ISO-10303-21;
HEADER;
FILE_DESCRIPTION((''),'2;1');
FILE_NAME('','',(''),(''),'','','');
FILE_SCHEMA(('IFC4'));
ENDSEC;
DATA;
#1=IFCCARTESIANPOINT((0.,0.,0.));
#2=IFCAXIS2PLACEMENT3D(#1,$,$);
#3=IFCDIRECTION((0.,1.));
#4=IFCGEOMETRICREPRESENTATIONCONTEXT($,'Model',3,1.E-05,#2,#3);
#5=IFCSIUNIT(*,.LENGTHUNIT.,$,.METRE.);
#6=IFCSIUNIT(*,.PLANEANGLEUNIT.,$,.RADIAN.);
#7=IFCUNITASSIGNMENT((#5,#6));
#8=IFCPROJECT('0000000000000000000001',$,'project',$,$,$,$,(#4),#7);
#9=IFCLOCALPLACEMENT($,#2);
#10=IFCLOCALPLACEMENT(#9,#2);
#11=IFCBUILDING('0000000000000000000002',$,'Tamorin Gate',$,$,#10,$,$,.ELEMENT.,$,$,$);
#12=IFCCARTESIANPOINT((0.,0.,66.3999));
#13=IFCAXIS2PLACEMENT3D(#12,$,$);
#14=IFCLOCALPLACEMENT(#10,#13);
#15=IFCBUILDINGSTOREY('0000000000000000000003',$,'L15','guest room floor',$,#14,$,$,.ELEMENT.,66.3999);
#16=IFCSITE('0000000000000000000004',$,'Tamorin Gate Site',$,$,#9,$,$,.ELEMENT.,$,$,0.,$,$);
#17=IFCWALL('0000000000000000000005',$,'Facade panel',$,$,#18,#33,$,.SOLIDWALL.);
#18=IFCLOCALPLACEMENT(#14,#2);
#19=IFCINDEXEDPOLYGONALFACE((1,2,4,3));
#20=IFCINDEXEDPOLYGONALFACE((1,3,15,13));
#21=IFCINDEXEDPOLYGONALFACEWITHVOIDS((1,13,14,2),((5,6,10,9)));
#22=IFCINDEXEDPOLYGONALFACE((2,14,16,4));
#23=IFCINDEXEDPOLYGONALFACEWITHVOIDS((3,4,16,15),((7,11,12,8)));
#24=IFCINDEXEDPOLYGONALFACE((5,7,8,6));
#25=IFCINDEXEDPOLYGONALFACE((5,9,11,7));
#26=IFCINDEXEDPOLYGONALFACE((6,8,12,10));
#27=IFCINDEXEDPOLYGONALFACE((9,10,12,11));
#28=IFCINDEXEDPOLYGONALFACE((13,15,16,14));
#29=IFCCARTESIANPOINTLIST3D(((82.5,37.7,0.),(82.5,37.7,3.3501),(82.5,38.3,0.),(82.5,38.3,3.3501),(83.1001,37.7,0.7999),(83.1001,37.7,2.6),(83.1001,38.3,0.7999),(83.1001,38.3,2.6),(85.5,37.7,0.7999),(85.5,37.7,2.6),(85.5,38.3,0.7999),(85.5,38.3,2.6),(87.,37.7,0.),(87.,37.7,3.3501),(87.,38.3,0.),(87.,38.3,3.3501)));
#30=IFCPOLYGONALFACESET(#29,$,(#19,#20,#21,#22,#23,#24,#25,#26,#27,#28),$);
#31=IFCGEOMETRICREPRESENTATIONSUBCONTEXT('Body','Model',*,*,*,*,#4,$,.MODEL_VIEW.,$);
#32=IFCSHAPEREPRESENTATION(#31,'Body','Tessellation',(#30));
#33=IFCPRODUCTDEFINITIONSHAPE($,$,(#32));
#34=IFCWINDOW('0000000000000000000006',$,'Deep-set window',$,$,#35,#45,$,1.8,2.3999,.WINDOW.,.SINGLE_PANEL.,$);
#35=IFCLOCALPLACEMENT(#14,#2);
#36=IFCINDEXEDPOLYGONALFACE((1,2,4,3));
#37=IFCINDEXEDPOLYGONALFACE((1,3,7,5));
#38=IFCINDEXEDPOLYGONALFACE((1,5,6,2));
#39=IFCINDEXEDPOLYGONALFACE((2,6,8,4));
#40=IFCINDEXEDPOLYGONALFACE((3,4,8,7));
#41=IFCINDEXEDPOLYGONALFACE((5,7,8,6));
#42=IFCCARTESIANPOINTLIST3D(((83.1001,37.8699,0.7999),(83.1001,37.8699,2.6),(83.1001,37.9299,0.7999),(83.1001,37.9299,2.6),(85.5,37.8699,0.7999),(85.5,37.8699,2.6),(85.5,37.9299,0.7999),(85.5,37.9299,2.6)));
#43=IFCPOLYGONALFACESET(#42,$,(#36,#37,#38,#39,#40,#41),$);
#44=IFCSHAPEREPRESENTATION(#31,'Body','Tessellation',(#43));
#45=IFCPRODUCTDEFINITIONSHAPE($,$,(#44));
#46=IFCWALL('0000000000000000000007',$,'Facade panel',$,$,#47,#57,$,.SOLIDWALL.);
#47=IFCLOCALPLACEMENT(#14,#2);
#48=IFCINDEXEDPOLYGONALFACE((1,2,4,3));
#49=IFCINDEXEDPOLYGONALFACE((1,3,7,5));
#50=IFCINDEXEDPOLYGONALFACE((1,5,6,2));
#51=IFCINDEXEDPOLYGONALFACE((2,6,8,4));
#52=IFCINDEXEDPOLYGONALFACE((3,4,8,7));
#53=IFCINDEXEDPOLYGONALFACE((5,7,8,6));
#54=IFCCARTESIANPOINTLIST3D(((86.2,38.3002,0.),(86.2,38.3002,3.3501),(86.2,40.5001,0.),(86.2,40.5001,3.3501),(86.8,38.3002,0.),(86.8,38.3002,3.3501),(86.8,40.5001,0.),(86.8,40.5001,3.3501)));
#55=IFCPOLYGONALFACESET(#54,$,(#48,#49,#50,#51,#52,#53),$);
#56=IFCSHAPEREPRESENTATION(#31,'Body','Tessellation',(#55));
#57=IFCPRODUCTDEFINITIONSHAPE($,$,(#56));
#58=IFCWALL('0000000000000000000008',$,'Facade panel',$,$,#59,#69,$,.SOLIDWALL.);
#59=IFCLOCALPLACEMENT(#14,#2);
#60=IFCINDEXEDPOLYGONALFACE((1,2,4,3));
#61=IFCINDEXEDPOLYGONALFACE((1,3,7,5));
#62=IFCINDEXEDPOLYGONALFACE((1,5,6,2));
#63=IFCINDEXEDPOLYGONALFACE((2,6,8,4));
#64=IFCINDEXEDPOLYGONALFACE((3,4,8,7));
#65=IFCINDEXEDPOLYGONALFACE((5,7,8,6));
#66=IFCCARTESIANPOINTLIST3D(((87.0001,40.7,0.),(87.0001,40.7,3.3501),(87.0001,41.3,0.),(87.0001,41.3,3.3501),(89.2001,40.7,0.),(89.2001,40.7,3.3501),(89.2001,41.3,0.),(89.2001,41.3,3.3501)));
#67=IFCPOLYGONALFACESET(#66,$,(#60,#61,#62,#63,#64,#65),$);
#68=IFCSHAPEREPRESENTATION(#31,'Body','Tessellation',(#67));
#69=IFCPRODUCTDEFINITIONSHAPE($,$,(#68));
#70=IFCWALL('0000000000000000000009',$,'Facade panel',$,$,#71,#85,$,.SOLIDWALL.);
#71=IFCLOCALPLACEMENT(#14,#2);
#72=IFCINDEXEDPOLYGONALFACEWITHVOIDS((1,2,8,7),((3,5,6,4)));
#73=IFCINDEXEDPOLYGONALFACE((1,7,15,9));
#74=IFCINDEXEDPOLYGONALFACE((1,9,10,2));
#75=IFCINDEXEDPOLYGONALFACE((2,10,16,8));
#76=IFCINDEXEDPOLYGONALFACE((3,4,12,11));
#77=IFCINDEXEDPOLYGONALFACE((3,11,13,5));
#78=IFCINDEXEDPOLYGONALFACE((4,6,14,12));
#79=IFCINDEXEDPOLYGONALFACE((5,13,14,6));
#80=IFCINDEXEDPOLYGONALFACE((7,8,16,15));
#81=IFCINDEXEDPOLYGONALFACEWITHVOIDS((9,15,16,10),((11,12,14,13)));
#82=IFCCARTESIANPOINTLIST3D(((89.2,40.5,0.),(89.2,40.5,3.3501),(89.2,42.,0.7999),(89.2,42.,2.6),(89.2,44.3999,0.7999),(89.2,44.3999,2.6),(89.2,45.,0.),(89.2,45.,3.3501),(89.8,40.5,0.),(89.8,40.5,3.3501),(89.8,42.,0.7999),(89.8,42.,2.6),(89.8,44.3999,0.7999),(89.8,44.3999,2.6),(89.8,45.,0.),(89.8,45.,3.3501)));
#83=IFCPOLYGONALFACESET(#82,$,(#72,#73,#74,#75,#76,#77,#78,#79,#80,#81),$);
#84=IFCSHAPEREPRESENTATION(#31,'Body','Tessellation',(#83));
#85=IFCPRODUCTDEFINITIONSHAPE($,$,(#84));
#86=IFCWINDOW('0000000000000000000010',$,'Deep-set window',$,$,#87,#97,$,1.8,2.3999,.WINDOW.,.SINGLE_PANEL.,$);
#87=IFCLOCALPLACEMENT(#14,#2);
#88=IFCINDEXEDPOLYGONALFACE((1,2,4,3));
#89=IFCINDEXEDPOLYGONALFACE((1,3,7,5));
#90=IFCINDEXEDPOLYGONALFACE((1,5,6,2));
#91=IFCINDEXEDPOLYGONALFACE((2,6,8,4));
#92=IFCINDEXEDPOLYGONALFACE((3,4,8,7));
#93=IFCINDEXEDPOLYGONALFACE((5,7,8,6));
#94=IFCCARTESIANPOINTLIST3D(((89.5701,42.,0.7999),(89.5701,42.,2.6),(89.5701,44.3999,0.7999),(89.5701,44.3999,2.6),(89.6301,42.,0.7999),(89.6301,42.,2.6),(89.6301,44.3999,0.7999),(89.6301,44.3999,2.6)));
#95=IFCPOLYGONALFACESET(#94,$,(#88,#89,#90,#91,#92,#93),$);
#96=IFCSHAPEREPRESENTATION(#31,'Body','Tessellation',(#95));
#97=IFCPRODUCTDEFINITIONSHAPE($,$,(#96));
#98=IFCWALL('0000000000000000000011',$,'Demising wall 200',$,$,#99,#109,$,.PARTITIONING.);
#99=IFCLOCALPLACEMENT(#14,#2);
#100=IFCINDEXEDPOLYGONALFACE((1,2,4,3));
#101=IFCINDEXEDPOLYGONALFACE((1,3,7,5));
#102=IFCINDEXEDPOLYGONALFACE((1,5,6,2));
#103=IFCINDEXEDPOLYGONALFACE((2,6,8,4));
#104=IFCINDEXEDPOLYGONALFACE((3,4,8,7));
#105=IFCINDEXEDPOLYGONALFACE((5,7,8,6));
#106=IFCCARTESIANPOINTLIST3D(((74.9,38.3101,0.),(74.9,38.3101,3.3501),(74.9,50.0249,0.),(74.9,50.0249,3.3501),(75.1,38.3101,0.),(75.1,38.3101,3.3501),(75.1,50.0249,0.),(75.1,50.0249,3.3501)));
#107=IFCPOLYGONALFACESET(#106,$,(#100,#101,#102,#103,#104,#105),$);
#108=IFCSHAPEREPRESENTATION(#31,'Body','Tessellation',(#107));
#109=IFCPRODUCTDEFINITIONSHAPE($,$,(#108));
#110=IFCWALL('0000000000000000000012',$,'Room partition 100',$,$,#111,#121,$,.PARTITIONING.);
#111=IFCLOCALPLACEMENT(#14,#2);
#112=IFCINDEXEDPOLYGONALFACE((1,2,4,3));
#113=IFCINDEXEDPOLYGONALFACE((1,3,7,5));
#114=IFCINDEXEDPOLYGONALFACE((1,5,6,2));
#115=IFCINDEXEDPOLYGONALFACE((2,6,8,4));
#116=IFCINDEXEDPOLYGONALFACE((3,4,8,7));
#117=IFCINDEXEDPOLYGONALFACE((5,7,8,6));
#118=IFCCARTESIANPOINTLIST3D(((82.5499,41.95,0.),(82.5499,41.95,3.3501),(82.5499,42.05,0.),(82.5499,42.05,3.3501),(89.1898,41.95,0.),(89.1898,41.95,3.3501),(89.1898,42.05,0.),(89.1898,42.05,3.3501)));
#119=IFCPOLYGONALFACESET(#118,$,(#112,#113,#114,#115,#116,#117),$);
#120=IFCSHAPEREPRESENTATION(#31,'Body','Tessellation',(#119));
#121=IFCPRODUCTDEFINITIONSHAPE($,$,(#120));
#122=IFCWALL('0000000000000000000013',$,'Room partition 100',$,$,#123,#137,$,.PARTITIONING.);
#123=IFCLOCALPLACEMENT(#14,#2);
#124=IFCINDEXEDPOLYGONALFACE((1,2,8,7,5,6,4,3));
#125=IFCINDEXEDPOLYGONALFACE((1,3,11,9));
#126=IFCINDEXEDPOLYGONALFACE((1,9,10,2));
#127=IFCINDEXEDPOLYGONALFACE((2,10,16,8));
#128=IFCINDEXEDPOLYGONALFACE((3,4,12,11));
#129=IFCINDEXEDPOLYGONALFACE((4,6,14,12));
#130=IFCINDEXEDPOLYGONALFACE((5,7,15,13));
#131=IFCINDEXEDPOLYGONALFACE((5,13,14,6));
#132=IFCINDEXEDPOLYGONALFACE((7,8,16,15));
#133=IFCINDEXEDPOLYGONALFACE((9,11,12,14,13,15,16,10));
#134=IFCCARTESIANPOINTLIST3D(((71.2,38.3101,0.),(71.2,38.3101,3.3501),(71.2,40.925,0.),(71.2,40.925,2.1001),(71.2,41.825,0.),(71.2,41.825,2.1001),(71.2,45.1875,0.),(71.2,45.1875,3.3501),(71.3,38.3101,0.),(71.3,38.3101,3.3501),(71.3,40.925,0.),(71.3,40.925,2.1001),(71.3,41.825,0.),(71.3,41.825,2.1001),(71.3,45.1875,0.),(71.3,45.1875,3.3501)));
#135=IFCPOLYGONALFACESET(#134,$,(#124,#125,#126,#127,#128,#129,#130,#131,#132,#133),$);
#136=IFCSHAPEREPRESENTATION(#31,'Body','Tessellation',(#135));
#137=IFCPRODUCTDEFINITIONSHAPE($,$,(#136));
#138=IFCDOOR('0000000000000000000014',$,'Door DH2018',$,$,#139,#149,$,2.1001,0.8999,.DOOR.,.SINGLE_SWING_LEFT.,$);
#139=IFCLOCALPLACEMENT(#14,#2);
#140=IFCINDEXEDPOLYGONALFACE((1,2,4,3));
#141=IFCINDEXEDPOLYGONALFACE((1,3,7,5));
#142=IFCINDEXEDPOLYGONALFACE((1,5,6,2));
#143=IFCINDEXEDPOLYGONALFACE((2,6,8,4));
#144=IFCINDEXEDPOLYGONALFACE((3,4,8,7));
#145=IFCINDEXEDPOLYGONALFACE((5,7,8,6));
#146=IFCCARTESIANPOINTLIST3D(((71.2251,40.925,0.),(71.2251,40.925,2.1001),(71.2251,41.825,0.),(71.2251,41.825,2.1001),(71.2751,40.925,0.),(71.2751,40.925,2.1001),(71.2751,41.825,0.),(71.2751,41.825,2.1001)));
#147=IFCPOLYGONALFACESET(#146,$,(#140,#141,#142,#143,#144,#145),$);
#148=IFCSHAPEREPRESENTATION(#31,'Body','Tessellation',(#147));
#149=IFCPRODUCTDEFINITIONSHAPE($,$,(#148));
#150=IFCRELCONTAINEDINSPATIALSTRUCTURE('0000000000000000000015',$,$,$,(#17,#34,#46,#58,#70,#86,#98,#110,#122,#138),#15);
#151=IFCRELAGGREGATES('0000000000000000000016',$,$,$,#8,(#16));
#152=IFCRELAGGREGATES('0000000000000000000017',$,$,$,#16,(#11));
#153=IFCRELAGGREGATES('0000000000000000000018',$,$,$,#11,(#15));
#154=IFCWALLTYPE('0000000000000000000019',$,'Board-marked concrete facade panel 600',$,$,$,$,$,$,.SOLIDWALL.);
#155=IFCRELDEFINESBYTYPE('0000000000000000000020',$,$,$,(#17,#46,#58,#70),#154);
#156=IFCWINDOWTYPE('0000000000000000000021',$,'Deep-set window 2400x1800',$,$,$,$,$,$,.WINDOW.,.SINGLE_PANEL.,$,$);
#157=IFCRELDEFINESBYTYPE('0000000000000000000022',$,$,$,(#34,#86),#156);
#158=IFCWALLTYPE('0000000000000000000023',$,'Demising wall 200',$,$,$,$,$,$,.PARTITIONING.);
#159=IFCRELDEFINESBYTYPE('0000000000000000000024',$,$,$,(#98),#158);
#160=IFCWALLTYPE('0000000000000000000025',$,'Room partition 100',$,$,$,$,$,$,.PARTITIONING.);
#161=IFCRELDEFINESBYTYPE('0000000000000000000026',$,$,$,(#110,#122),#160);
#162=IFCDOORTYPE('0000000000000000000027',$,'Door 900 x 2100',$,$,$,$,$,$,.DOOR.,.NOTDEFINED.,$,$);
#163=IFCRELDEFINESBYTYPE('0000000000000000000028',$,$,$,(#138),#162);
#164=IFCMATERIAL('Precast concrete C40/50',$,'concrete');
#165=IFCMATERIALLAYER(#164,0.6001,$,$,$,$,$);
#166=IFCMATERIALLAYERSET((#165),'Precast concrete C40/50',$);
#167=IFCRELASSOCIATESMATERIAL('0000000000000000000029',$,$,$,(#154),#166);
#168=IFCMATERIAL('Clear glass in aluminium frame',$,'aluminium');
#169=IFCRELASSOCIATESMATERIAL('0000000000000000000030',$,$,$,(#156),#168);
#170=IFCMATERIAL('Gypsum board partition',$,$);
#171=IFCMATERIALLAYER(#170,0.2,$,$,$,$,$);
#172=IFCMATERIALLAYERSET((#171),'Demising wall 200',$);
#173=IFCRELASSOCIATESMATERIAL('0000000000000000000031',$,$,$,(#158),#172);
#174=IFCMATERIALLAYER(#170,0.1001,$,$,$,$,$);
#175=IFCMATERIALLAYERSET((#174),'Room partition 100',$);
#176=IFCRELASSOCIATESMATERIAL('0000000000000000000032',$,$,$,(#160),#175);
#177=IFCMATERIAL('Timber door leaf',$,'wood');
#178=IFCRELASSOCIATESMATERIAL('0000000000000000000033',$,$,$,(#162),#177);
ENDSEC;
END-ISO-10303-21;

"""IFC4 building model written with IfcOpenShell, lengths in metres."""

from ifc_helpers import new_model, si_unit, direction, frame, frame_2d, origin, place, context, subcontext, project, spatial, rectangle, extrude, material, layer, layer_set, type_object, element, fill, save


model = new_model("IFC4")

# Units and contexts
model_context = context("Model", 3, precision=1e-05, world=origin(), true_north=direction((0.0, 1.0)))
body_context = subcontext(model_context, "Body", "Model", "MODEL_VIEW")
ifc_project = project(units=[si_unit("LENGTHUNIT", "METRE"), si_unit("PLANEANGLEUNIT", "RADIAN")], contexts=[model_context])

# Site, building, storey
site_placement = place(None, origin())
site = spatial("IfcSite", under=ifc_project, at=site_placement, Name="Tamorin Gate Site", CompositionType="ELEMENT", RefElevation=0.0)
building_placement = place(site_placement, origin())
building = spatial("IfcBuilding", under=site, at=building_placement, Name="Tamorin Gate", CompositionType="ELEMENT")
storey_placement = place(building_placement, frame((0.0, 0.0, 66.3999)))
storey = spatial("IfcBuildingStorey", under=building, at=storey_placement, Name="L15", Description="guest room floor", CompositionType="ELEMENT", Elevation=66.3999)

# Shared definitions
ifc_material_1 = material(Name="Precast concrete C40/50", Category="concrete")
ifc_layer_1 = layer(ifc_material_1, 0.6001)
ifc_layer_set_1 = layer_set([ifc_layer_1], Name="Precast concrete C40/50")
wall_type_1 = type_object("IfcWallType", Name="Board-marked concrete facade panel 600", PredefinedType="SOLIDWALL", material=ifc_layer_set_1)
ifc_material_2 = material(Name="Clear glass in aluminium frame", Category="aluminium")
window_type = type_object("IfcWindowType", Name="Deep-set window 2400x1800", PartitioningType="SINGLE_PANEL", PredefinedType="WINDOW", material=ifc_material_2)

# Wall, opening, window
wall_1_placement = place(storey_placement, frame((82.5, 38.0, 0.0), z_axis=(0.0, 0.0, 1.0), x_axis=(1.0, 0.0, 0.0)))
wall_1 = element("IfcWall", 1, at=wall_1_placement, inside=storey, type_object=wall_type_1, Name="Facade panel", PredefinedType="SOLIDWALL", context=body_context, shape_type="SweptSolid", body=[
    extrude(rectangle(XDim=4.5, YDim=0.6001, at=frame_2d((2.25, 0.0))), origin(), (0.0, 0.0, 1.0), 3.3501),
])
opening_1_placement = place(wall_1_placement, frame((0.6001, 0.0, 0.8)))
opening_1 = element("IfcOpeningElement", 2, at=opening_1_placement, cuts=wall_1, PredefinedType="OPENING", context=body_context, shape_type="SweptSolid", body=[
    extrude(rectangle(XDim=2.3999, YDim=1.8, at=frame_2d((1.2, 0.8999))), frame((0.0, 0.3101, 0.0), z_axis=(0.0, -1.0, 0.0), x_axis=(1.0, 0.0, 0.0)), (0.0, 0.0, 1.0), 0.6201),
])
window_1_placement = place(opening_1_placement, origin())
window_1 = element("IfcWindow", 3, at=window_1_placement, inside=storey, type_object=window_type, Name="Deep-set window", OverallHeight=1.8, OverallWidth=2.3999, PartitioningType="SINGLE_PANEL", PredefinedType="WINDOW", context=body_context, shape_type="SweptSolid", body=[
    extrude(rectangle(XDim=2.3999, YDim=1.8, at=frame_2d((1.2, 0.8999))), frame((0.0, -0.0701, 0.0), z_axis=(0.0, -1.0, 0.0), x_axis=(1.0, 0.0, 0.0)), (0.0, 0.0, 1.0), 0.0601),
])
fill(opening_1, window_1)

# Walls
for number, where, z_axis, x_axis, name in (
    (4, (86.5, 38.3, 0.0), (0.0, 0.0, 1.0), (0.0, 1.0, 0.0), "Facade panel"),
    (5, (87.0, 41.0, 0.0), (0.0, 0.0, 1.0), (1.0, 0.0, 0.0), "Facade panel"),
):
    element("IfcWall", number, at=place(storey_placement, frame(where, z_axis=z_axis, x_axis=x_axis)), inside=storey, type_object=wall_type_1, Name=name, PredefinedType="SOLIDWALL", context=body_context, shape_type="SweptSolid", body=[
        extrude(rectangle(XDim=2.2, YDim=0.6001, at=frame_2d((1.1001, 0.0))), origin(), (0.0, 0.0, 1.0), 3.3501),
    ])

# Wall, opening, window
wall_2_placement = place(storey_placement, frame((89.5, 40.5, 0.0), z_axis=(0.0, 0.0, 1.0), x_axis=(0.0, 1.0, 0.0)))
wall_2 = element("IfcWall", 6, at=wall_2_placement, inside=storey, type_object=wall_type_1, Name="Facade panel", PredefinedType="SOLIDWALL", context=body_context, shape_type="SweptSolid", body=[
    extrude(rectangle(XDim=4.5, YDim=0.6001, at=frame_2d((2.25, 0.0))), origin(), (0.0, 0.0, 1.0), 3.3501),
])
opening_2_placement = place(wall_2_placement, frame((1.5, 0.0, 0.8)))
opening_2 = element("IfcOpeningElement", 7, at=opening_2_placement, cuts=wall_2, PredefinedType="OPENING", context=body_context, shape_type="SweptSolid", body=[
    extrude(rectangle(XDim=2.3999, YDim=1.8, at=frame_2d((1.2, 0.8999))), frame((0.0, 0.3101, 0.0), z_axis=(0.0, -1.0, 0.0), x_axis=(1.0, 0.0, 0.0)), (0.0, 0.0, 1.0), 0.6201),
])
window_2_placement = place(opening_2_placement, origin())
window_2 = element("IfcWindow", 8, at=window_2_placement, inside=storey, type_object=window_type, Name="Deep-set window", OverallHeight=1.8, OverallWidth=2.3999, PartitioningType="SINGLE_PANEL", PredefinedType="WINDOW", context=body_context, shape_type="SweptSolid", body=[
    extrude(rectangle(XDim=2.3999, YDim=1.8, at=frame_2d((1.2, 0.8999))), frame((0.0, -0.0701, 0.0), z_axis=(0.0, -1.0, 0.0), x_axis=(1.0, 0.0, 0.0)), (0.0, 0.0, 1.0), 0.0601),
])
fill(opening_2, window_2)

# Walls
ifc_material_3 = material(Name="Gypsum board partition")
ifc_layer_2 = layer(ifc_material_3, 0.2)
ifc_layer_set_2 = layer_set([ifc_layer_2], Name="Demising wall 200")
wall_type_2 = type_object("IfcWallType", Name="Demising wall 200", PredefinedType="PARTITIONING", material=ifc_layer_set_2)
wall_3_placement = place(storey_placement, frame((75.0, 38.3101, 0.0), z_axis=(0.0, 0.0, 1.0), x_axis=(0.0, 1.0, 0.0)))
element("IfcWall", 9, at=wall_3_placement, inside=storey, type_object=wall_type_2, Name="Demising wall 200", PredefinedType="PARTITIONING", context=body_context, shape_type="SweptSolid", body=[
    extrude(rectangle(XDim=11.7148, YDim=0.2, at=frame_2d((5.8574, 0.0))), origin(), (0.0, 0.0, 1.0), 3.3501),
])
ifc_layer_3 = layer(ifc_material_3, 0.1001)
ifc_layer_set_3 = layer_set([ifc_layer_3], Name="Room partition 100")
wall_type_3 = type_object("IfcWallType", Name="Room partition 100", PredefinedType="PARTITIONING", material=ifc_layer_set_3)
wall_4_placement = place(storey_placement, frame((82.55, 42.0, 0.0), z_axis=(0.0, 0.0, 1.0), x_axis=(1.0, 0.0, 0.0)))
element("IfcWall", 10, at=wall_4_placement, inside=storey, type_object=wall_type_3, Name="Room partition 100", PredefinedType="PARTITIONING", context=body_context, shape_type="SweptSolid", body=[
    extrude(rectangle(XDim=6.6399, YDim=0.1001, at=frame_2d((3.3198, 0.0))), origin(), (0.0, 0.0, 1.0), 3.3501),
])

# Wall, opening, door
wall_5_placement = place(storey_placement, frame((71.25, 38.3101, 0.0), z_axis=(0.0, 0.0, 1.0), x_axis=(0.0, 1.0, 0.0)))
wall_5 = element("IfcWall", 11, at=wall_5_placement, inside=storey, type_object=wall_type_3, Name="Room partition 100", PredefinedType="PARTITIONING", context=body_context, shape_type="SweptSolid", body=[
    extrude(rectangle(XDim=6.8774, YDim=0.1001, at=frame_2d((3.4387, 0.0))), origin(), (0.0, 0.0, 1.0), 3.3501),
])
opening_3_placement = place(wall_5_placement, frame((2.615, 0.0, 0.0)))
opening_3 = element("IfcOpeningElement", 12, at=opening_3_placement, cuts=wall_5, PredefinedType="OPENING", context=body_context, shape_type="SweptSolid", body=[
    extrude(rectangle(XDim=0.8999, YDim=2.1001, at=frame_2d((0.45, 1.05))), frame((0.0, 0.0601, 0.0), z_axis=(0.0, -1.0, 0.0), x_axis=(1.0, 0.0, 0.0)), (0.0, 0.0, 1.0), 0.1201),
])
ifc_material_4 = material(Name="Timber door leaf", Category="wood")
door_type = type_object("IfcDoorType", Name="Door 900 x 2100", OperationType="NOTDEFINED", PredefinedType="DOOR", material=ifc_material_4)
door_1_placement = place(opening_3_placement, origin())
door_1 = element("IfcDoor", 13, at=door_1_placement, inside=storey, type_object=door_type, Name="Door DH2018", OperationType="SINGLE_SWING_LEFT", OverallHeight=2.1001, OverallWidth=0.8999, PredefinedType="DOOR", context=body_context, shape_type="SweptSolid", body=[
    extrude(rectangle(XDim=0.8999, YDim=2.1001, at=frame_2d((0.45, 1.05))), frame((0.0, 0.0249, 0.0), z_axis=(0.0, -1.0, 0.0), x_axis=(1.0, 0.0, 0.0)), (0.0, 0.0, 1.0), 0.05),
])
fill(opening_3, door_1)

save(model, "model.ifc")
